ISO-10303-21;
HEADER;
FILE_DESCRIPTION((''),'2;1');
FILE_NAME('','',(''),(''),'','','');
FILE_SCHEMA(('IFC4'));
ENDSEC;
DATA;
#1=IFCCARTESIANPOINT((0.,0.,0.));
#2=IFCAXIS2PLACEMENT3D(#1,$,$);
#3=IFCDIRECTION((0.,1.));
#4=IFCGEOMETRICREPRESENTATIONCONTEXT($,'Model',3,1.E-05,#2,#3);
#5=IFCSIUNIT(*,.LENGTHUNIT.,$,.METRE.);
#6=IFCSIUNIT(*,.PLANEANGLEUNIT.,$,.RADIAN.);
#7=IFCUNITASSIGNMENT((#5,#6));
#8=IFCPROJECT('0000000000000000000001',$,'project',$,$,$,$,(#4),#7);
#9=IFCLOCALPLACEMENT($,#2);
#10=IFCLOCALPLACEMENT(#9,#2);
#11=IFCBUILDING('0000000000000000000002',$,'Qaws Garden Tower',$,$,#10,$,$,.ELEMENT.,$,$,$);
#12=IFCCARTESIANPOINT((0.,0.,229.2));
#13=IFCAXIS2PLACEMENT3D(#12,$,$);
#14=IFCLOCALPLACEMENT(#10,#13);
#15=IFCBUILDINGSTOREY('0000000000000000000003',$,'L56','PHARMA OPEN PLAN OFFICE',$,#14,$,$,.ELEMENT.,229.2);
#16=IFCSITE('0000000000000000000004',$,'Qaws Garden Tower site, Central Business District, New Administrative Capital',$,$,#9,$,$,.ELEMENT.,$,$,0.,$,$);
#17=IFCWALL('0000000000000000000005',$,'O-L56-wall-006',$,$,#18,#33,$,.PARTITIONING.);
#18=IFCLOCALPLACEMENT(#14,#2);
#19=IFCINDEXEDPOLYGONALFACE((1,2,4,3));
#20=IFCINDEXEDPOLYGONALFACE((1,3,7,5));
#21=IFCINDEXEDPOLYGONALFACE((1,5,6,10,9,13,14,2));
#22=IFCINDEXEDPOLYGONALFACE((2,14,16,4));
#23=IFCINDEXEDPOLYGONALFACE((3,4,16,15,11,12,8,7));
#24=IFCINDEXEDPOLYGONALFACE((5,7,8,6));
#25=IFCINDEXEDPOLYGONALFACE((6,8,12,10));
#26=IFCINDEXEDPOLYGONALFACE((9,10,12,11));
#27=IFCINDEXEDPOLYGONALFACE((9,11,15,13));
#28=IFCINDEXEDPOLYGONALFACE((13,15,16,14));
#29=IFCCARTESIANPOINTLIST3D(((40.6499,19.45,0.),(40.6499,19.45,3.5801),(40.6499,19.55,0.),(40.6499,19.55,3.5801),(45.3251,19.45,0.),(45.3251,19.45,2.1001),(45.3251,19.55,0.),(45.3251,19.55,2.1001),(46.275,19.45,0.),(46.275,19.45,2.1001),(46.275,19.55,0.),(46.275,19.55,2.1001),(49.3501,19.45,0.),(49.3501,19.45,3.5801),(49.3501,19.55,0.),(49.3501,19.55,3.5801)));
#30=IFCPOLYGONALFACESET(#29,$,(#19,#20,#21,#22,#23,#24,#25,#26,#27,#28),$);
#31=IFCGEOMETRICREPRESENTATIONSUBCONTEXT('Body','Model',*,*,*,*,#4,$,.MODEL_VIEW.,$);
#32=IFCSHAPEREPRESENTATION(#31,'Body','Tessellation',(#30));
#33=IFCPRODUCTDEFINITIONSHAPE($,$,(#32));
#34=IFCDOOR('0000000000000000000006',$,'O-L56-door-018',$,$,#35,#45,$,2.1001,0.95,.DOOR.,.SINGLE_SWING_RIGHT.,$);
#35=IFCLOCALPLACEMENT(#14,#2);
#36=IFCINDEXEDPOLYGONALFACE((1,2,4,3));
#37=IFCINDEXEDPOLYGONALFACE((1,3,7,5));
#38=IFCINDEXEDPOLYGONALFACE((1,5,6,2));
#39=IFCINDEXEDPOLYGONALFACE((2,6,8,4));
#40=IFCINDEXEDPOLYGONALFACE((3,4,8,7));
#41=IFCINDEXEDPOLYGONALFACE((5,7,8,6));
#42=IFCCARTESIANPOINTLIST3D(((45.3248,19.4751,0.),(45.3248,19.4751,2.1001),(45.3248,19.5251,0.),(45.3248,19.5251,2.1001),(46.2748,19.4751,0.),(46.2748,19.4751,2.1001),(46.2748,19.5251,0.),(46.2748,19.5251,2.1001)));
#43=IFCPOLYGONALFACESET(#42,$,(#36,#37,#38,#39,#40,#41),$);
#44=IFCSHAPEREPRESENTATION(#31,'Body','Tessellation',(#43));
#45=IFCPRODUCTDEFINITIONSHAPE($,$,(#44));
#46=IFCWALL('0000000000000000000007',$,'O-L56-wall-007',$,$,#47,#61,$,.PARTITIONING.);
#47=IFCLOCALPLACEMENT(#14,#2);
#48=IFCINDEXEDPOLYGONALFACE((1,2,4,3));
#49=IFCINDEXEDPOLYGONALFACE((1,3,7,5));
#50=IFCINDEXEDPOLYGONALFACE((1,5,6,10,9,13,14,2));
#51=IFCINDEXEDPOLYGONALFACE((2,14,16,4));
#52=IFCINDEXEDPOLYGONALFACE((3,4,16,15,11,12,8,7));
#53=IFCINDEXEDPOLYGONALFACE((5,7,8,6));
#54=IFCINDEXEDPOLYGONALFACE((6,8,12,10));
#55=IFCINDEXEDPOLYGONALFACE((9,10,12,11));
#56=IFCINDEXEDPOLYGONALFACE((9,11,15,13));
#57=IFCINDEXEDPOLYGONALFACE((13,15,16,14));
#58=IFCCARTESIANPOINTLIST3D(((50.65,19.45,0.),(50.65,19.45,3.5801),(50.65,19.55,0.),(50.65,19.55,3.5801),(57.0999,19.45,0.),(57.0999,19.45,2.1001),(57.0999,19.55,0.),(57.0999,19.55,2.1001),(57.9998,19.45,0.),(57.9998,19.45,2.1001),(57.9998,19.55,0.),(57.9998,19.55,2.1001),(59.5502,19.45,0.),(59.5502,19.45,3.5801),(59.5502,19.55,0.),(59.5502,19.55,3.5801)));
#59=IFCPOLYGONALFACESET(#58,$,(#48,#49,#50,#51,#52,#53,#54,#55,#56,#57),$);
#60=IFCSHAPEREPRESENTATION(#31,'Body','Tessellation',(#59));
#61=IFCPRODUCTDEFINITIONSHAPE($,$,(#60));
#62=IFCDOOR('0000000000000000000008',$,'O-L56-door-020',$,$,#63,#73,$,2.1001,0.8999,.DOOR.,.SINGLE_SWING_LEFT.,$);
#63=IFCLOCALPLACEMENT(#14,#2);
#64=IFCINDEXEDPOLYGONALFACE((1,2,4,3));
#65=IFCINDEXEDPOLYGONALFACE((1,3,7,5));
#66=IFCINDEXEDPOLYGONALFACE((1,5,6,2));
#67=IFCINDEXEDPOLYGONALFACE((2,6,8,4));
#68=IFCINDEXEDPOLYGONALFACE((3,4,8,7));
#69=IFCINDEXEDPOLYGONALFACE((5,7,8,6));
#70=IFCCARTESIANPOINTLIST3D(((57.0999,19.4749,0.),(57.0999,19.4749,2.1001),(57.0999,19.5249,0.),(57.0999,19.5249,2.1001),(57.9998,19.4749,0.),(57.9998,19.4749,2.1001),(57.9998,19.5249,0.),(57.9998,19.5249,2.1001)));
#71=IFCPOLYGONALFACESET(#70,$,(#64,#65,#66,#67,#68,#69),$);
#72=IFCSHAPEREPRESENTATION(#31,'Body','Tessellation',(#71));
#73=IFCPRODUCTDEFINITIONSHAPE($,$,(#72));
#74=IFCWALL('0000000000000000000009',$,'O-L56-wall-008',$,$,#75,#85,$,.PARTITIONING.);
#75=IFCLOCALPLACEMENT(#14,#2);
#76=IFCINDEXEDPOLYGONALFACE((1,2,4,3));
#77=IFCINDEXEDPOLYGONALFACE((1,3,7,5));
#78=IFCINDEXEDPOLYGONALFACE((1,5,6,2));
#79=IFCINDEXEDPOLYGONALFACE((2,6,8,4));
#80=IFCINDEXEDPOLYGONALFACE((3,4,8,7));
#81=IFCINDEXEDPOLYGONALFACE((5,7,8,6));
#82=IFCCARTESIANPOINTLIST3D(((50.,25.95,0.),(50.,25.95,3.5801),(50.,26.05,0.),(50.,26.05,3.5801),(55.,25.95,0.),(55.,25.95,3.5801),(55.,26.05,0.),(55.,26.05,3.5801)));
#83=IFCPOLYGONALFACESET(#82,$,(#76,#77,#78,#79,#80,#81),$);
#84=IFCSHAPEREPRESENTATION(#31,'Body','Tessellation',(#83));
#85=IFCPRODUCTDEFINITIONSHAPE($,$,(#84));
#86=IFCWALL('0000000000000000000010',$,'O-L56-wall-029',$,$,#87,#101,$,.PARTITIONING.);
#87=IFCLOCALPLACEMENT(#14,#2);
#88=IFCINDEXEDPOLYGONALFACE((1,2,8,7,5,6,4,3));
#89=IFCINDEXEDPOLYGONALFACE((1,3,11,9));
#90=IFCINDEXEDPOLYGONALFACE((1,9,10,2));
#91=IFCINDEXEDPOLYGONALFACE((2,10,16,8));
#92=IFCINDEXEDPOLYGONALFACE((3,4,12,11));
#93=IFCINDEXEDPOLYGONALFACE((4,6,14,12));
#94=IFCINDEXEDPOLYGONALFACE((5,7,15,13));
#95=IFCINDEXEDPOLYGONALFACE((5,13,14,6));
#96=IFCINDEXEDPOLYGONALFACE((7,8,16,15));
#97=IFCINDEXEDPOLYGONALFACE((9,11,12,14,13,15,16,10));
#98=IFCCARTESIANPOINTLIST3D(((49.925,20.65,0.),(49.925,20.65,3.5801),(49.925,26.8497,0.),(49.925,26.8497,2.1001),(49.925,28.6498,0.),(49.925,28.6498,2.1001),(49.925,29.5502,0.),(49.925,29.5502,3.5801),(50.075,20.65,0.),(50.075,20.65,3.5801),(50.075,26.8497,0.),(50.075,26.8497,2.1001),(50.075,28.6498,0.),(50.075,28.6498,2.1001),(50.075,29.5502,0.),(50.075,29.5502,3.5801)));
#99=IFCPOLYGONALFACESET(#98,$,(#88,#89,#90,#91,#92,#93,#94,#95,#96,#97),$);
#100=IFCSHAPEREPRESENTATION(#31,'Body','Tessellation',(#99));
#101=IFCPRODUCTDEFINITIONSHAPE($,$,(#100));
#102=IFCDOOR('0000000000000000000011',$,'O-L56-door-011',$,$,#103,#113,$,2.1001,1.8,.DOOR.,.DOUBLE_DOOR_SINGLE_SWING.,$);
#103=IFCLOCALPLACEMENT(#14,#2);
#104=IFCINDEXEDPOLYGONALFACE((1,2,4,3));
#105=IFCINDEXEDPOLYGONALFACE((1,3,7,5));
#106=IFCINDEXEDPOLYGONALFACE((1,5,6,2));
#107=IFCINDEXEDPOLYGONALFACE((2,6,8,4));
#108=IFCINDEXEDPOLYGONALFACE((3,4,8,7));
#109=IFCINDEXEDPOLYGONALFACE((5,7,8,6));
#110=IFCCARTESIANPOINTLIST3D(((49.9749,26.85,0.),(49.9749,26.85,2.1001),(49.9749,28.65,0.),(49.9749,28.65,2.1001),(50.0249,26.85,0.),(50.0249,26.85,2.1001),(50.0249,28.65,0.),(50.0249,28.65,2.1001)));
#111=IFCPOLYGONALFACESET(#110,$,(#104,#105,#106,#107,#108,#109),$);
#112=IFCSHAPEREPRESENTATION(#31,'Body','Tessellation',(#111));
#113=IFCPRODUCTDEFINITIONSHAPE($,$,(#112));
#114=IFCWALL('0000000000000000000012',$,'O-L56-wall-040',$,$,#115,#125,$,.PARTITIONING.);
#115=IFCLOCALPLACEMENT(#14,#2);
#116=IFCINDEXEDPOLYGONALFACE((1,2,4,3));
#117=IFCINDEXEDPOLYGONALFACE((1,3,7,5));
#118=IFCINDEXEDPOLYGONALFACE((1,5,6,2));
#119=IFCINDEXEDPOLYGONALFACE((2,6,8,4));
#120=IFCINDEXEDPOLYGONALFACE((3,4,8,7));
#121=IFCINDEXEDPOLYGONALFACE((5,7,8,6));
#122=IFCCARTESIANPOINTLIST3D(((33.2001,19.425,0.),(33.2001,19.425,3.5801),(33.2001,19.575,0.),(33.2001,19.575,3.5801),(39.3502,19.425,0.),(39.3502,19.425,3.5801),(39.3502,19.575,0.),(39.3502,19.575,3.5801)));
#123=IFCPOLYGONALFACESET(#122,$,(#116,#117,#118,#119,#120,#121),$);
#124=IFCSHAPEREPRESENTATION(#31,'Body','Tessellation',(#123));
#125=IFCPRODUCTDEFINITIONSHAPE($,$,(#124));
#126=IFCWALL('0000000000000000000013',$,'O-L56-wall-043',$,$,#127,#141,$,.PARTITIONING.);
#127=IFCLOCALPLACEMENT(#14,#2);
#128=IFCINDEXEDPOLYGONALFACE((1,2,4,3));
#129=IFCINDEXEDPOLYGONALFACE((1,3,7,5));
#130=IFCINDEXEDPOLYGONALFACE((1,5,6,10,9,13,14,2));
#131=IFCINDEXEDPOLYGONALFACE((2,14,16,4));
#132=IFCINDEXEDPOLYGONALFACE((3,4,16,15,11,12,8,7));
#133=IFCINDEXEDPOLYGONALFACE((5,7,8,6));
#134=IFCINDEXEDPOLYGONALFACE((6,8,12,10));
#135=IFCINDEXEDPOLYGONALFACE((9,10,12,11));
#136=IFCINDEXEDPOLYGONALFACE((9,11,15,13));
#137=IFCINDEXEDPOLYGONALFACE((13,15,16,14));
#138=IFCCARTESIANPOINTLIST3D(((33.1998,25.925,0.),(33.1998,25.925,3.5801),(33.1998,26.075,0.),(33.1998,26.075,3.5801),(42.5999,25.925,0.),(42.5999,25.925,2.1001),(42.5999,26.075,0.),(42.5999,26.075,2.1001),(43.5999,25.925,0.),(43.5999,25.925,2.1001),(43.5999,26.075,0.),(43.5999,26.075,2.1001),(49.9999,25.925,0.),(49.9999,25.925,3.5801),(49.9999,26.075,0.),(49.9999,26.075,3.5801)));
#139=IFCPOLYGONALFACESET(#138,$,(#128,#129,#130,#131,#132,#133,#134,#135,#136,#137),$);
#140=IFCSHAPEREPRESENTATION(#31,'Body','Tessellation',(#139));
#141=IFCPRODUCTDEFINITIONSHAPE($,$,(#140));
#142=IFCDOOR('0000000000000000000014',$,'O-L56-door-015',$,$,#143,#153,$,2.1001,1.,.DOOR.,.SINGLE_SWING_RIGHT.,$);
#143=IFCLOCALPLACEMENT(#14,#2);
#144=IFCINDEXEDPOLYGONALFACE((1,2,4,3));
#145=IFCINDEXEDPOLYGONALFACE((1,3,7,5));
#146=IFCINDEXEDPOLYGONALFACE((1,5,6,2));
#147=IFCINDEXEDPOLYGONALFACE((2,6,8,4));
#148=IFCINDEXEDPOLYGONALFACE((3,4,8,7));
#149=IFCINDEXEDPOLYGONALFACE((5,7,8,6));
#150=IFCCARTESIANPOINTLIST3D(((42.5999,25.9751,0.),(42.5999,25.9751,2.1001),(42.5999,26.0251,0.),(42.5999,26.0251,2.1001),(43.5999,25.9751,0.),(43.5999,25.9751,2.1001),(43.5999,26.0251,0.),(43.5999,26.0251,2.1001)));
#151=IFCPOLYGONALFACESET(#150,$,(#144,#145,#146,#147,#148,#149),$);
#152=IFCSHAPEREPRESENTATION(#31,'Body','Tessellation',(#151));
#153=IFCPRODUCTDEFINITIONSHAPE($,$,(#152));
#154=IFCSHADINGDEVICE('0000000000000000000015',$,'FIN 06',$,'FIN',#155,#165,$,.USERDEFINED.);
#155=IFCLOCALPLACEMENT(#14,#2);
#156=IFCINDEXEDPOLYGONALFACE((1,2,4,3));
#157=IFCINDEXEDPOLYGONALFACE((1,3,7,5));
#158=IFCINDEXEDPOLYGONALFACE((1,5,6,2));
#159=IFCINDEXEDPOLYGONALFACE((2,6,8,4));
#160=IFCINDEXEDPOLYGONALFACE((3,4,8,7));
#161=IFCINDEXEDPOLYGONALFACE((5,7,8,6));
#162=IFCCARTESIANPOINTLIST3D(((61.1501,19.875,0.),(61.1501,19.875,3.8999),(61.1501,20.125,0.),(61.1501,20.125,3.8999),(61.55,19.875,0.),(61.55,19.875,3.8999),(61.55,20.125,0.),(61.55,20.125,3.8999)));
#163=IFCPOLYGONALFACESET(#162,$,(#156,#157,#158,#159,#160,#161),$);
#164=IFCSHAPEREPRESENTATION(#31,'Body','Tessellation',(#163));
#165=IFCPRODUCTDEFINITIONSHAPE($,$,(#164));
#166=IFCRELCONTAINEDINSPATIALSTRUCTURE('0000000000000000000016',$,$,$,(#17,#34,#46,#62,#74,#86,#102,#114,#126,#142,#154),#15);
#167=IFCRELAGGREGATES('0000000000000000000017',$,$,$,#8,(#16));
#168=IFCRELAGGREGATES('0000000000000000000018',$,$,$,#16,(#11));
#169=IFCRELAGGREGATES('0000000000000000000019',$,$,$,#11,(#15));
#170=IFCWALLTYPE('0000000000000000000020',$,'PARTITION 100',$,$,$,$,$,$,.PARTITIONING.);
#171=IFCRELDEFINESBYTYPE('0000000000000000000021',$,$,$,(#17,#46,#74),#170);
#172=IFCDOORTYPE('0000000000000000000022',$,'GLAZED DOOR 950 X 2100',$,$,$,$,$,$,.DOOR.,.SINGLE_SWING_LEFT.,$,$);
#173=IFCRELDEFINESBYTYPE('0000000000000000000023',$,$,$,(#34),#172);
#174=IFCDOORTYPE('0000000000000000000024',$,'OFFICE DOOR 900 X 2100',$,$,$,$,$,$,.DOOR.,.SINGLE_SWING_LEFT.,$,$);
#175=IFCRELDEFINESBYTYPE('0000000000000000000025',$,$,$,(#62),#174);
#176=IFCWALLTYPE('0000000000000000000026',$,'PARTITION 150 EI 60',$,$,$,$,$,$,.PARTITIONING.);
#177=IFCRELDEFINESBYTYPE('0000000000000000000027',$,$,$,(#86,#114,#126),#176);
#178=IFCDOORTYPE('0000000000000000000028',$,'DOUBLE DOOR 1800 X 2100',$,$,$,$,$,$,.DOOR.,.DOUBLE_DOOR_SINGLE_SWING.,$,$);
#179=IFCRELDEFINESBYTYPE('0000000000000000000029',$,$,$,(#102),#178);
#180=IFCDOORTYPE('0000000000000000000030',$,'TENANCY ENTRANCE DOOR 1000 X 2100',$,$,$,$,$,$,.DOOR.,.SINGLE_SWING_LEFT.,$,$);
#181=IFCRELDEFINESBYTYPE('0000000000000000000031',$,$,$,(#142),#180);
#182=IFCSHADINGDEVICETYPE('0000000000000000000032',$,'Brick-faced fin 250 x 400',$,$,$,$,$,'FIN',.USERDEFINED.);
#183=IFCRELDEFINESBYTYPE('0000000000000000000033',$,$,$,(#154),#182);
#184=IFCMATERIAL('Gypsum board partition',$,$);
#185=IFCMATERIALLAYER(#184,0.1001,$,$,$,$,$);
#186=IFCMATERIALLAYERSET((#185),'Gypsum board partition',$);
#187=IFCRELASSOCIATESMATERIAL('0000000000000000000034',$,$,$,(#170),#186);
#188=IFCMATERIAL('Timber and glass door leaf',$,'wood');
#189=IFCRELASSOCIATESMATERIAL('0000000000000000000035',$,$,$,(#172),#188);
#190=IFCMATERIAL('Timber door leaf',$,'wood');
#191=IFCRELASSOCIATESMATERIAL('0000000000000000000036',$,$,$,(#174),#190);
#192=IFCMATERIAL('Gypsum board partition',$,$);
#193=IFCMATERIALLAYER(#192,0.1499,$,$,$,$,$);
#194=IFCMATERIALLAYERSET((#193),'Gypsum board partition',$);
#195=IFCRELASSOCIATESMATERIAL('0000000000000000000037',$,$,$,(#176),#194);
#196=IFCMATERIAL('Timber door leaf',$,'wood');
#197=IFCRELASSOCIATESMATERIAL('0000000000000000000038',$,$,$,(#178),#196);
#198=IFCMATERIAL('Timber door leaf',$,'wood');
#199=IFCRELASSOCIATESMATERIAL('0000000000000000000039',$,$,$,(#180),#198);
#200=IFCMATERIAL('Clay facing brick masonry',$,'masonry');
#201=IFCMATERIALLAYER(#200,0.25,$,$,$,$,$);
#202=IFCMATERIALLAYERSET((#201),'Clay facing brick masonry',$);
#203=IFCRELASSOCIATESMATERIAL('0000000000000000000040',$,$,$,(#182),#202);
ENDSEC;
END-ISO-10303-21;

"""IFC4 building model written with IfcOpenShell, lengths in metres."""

from ifc_helpers import new_model, si_unit, direction, frame, frame_2d, origin, origin_2d, place, context, subcontext, project, spatial, rectangle, extrude, material, layer, layer_set, type_object, element, fill, save


model = new_model("IFC4")

# Units and contexts
model_context = context("Model", 3, precision=1e-05, world=origin(), true_north=direction((0.0, 1.0)))
body_context = subcontext(model_context, "Body", "Model", "MODEL_VIEW")
ifc_project = project(units=[si_unit("LENGTHUNIT", "METRE"), si_unit("PLANEANGLEUNIT", "RADIAN")], contexts=[model_context])

# Site, building, storey
site_placement = place(None, origin())
site = spatial("IfcSite", under=ifc_project, at=site_placement, Name="Qaws Garden Tower site, Central Business District, New Administrative Capital", CompositionType="ELEMENT", RefElevation=0.0)
building_placement = place(site_placement, origin())
building = spatial("IfcBuilding", under=site, at=building_placement, Name="Qaws Garden Tower", CompositionType="ELEMENT")
storey_placement = place(building_placement, frame((0.0, 0.0, 229.2)))
storey = spatial("IfcBuildingStorey", under=building, at=storey_placement, Name="L56", Description="PHARMA OPEN PLAN OFFICE", CompositionType="ELEMENT", Elevation=229.2)

# Walls, openings, doors
ifc_material_1 = material(Name="Gypsum board partition")
ifc_layer_1 = layer(ifc_material_1, 0.1001)
ifc_layer_set_1 = layer_set([ifc_layer_1], Name="Gypsum board partition")
wall_type_1 = type_object("IfcWallType", Name="PARTITION 100", PredefinedType="PARTITIONING", material=ifc_layer_set_1)
ifc_material_2 = material(Name="Timber and glass door leaf", Category="wood")
door_type_1 = type_object("IfcDoorType", Name="GLAZED DOOR 950 X 2100", OperationType="SINGLE_SWING_LEFT", PredefinedType="DOOR", material=ifc_material_2)
wall_1_placement = place(storey_placement, frame((40.6499, 19.5, 0.0), z_axis=(0.0, 0.0, 1.0), x_axis=(1.0, 0.0, 0.0)))
wall_1 = element("IfcWall", 1, at=wall_1_placement, inside=storey, type_object=wall_type_1, Name="O-L56-wall-006", PredefinedType="PARTITIONING", context=body_context, shape_type="SweptSolid", body=[
    extrude(rectangle(XDim=8.7002, YDim=0.1001, at=frame_2d((4.3501, 0.0))), origin(), (0.0, 0.0, 1.0), 3.5801),
])
opening_1_placement = place(wall_1_placement, frame((4.675, 0.0, 0.0)))
opening_1 = element("IfcOpeningElement", 2, at=opening_1_placement, cuts=wall_1, PredefinedType="OPENING", context=body_context, shape_type="SweptSolid", body=[
    extrude(rectangle(XDim=0.95, YDim=2.1001, at=frame_2d((0.4751, 1.05))), frame((0.0, 0.0601, 0.0), z_axis=(0.0, -1.0, 0.0), x_axis=(1.0, 0.0, 0.0)), (0.0, 0.0, 1.0), 0.1201),
])
door_1_placement = place(opening_1_placement, frame((0.95, 0.0, 0.0), z_axis=(0.0, 0.0, 1.0), x_axis=(-1.0, 0.0, 0.0)))
door_1 = element("IfcDoor", 3, at=door_1_placement, inside=storey, type_object=door_type_1, Name="O-L56-door-018", OperationType="SINGLE_SWING_RIGHT", OverallHeight=2.1001, OverallWidth=0.95, PredefinedType="DOOR", context=body_context, shape_type="SweptSolid", body=[
    extrude(rectangle(XDim=0.95, YDim=2.1001, at=frame_2d((0.4751, 1.05))), frame((0.0, 0.0249, 0.0), z_axis=(0.0, -1.0, 0.0), x_axis=(1.0, 0.0, 0.0)), (0.0, 0.0, 1.0), 0.05),
])
fill(opening_1, door_1)
wall_2_placement = place(storey_placement, frame((50.6499, 19.5, 0.0), z_axis=(0.0, 0.0, 1.0), x_axis=(1.0, 0.0, 0.0)))
wall_2 = element("IfcWall", 4, at=wall_2_placement, inside=storey, type_object=wall_type_1, Name="O-L56-wall-007", PredefinedType="PARTITIONING", context=body_context, shape_type="SweptSolid", body=[
    extrude(rectangle(XDim=8.9001, YDim=0.1001, at=frame_2d((4.4502, 0.0))), origin(), (0.0, 0.0, 1.0), 3.5801),
])
opening_2_placement = place(wall_2_placement, frame((6.45, 0.0, 0.0)))
opening_2 = element("IfcOpeningElement", 5, at=opening_2_placement, cuts=wall_2, PredefinedType="OPENING", context=body_context, shape_type="SweptSolid", body=[
    extrude(rectangle(XDim=0.8999, YDim=2.1001, at=frame_2d((0.45, 1.05))), frame((0.0, 0.0601, 0.0), z_axis=(0.0, -1.0, 0.0), x_axis=(1.0, 0.0, 0.0)), (0.0, 0.0, 1.0), 0.1201),
])
ifc_material_3 = material(Name="Timber door leaf", Category="wood")
door_type_2 = type_object("IfcDoorType", Name="OFFICE DOOR 900 X 2100", OperationType="SINGLE_SWING_LEFT", PredefinedType="DOOR", material=ifc_material_3)
door_2_placement = place(opening_2_placement, origin())
door_2 = element("IfcDoor", 6, at=door_2_placement, inside=storey, type_object=door_type_2, Name="O-L56-door-020", OperationType="SINGLE_SWING_LEFT", OverallHeight=2.1001, OverallWidth=0.8999, PredefinedType="DOOR", context=body_context, shape_type="SweptSolid", body=[
    extrude(rectangle(XDim=0.8999, YDim=2.1001, at=frame_2d((0.45, 1.05))), frame((0.0, 0.0249, 0.0), z_axis=(0.0, -1.0, 0.0), x_axis=(1.0, 0.0, 0.0)), (0.0, 0.0, 1.0), 0.05),
])
fill(opening_2, door_2)

# Wall
wall_3_placement = place(storey_placement, frame((50.0, 26.0, 0.0), z_axis=(0.0, 0.0, 1.0), x_axis=(1.0, 0.0, 0.0)))
element("IfcWall", 7, at=wall_3_placement, inside=storey, type_object=wall_type_1, Name="O-L56-wall-008", PredefinedType="PARTITIONING", context=body_context, shape_type="SweptSolid", body=[
    extrude(rectangle(XDim=5.0, YDim=0.1001, at=frame_2d((2.5, 0.0))), origin(), (0.0, 0.0, 1.0), 3.5801),
])

# Wall, opening, door
ifc_material_4 = material(Name="Gypsum board partition")
ifc_layer_2 = layer(ifc_material_4, 0.1499)
ifc_layer_set_2 = layer_set([ifc_layer_2], Name="Gypsum board partition")
wall_type_2 = type_object("IfcWallType", Name="PARTITION 150 EI 60", PredefinedType="PARTITIONING", material=ifc_layer_set_2)
wall_4_placement = place(storey_placement, frame((50.0, 20.6499, 0.0), z_axis=(0.0, 0.0, 1.0), x_axis=(0.0, 1.0, 0.0)))
wall_4 = element("IfcWall", 8, at=wall_4_placement, inside=storey, type_object=wall_type_2, Name="O-L56-wall-029", PredefinedType="PARTITIONING", context=body_context, shape_type="SweptSolid", body=[
    extrude(rectangle(XDim=8.9001, YDim=0.1499, at=frame_2d((4.4502, 0.0))), origin(), (0.0, 0.0, 1.0), 3.5801),
])
opening_3_placement = place(wall_4_placement, frame((6.2, 0.0, 0.0)))
opening_3 = element("IfcOpeningElement", 9, at=opening_3_placement, cuts=wall_4, PredefinedType="OPENING", context=body_context, shape_type="SweptSolid", body=[
    extrude(rectangle(XDim=1.8, YDim=2.1001, at=frame_2d((0.8999, 1.05))), frame((0.0, 0.085, 0.0), z_axis=(0.0, -1.0, 0.0), x_axis=(1.0, 0.0, 0.0)), (0.0, 0.0, 1.0), 0.1699),
])
ifc_material_5 = material(Name="Timber door leaf", Category="wood")
door_type_3 = type_object("IfcDoorType", Name="DOUBLE DOOR 1800 X 2100", OperationType="DOUBLE_DOOR_SINGLE_SWING", PredefinedType="DOOR", material=ifc_material_5)
door_3_placement = place(opening_3_placement, frame((1.8, 0.0, 0.0), z_axis=(0.0, 0.0, 1.0), x_axis=(-1.0, 0.0, 0.0)))
door_3 = element("IfcDoor", 10, at=door_3_placement, inside=storey, type_object=door_type_3, Name="O-L56-door-011", OperationType="DOUBLE_DOOR_SINGLE_SWING", OverallHeight=2.1001, OverallWidth=1.8, PredefinedType="DOOR", context=body_context, shape_type="SweptSolid", body=[
    extrude(rectangle(XDim=1.8, YDim=2.1001, at=frame_2d((0.8999, 1.05))), frame((0.0, 0.0249, 0.0), z_axis=(0.0, -1.0, 0.0), x_axis=(1.0, 0.0, 0.0)), (0.0, 0.0, 1.0), 0.05),
])
fill(opening_3, door_3)

# Wall
wall_5_placement = place(storey_placement, frame((33.2, 19.5, 0.0), z_axis=(0.0, 0.0, 1.0), x_axis=(1.0, 0.0, 0.0)))
element("IfcWall", 11, at=wall_5_placement, inside=storey, type_object=wall_type_2, Name="O-L56-wall-040", PredefinedType="PARTITIONING", context=body_context, shape_type="SweptSolid", body=[
    extrude(rectangle(XDim=6.1501, YDim=0.1499, at=frame_2d((3.0752, 0.0))), origin(), (0.0, 0.0, 1.0), 3.5801),
])

# Wall, opening, door
wall_6_placement = place(storey_placement, frame((33.2, 26.0, 0.0), z_axis=(0.0, 0.0, 1.0), x_axis=(1.0, 0.0, 0.0)))
wall_6 = element("IfcWall", 12, at=wall_6_placement, inside=storey, type_object=wall_type_2, Name="O-L56-wall-043", PredefinedType="PARTITIONING", context=body_context, shape_type="SweptSolid", body=[
    extrude(rectangle(XDim=16.8, YDim=0.1499, at=frame_2d((8.3999, 0.0))), origin(), (0.0, 0.0, 1.0), 3.5801),
])
opening_4_placement = place(wall_6_placement, frame((9.3999, 0.0, 0.0)))
opening_4 = element("IfcOpeningElement", 13, at=opening_4_placement, cuts=wall_6, PredefinedType="OPENING", context=body_context, shape_type="SweptSolid", body=[
    extrude(rectangle(XDim=1.0, YDim=2.1001, at=frame_2d((0.5, 1.05))), frame((0.0, 0.085, 0.0), z_axis=(0.0, -1.0, 0.0), x_axis=(1.0, 0.0, 0.0)), (0.0, 0.0, 1.0), 0.1699),
])
ifc_material_6 = material(Name="Timber door leaf", Category="wood")
door_type_4 = type_object("IfcDoorType", Name="TENANCY ENTRANCE DOOR 1000 X 2100", OperationType="SINGLE_SWING_LEFT", PredefinedType="DOOR", material=ifc_material_6)
door_4_placement = place(opening_4_placement, frame((1.0, 0.0, 0.0), z_axis=(0.0, 0.0, 1.0), x_axis=(-1.0, 0.0, 0.0)))
door_4 = element("IfcDoor", 14, at=door_4_placement, inside=storey, type_object=door_type_4, Name="O-L56-door-015", OperationType="SINGLE_SWING_RIGHT", OverallHeight=2.1001, OverallWidth=1.0, PredefinedType="DOOR", context=body_context, shape_type="SweptSolid", body=[
    extrude(rectangle(XDim=1.0, YDim=2.1001, at=frame_2d((0.5, 1.05))), frame((0.0, 0.0249, 0.0), z_axis=(0.0, -1.0, 0.0), x_axis=(1.0, 0.0, 0.0)), (0.0, 0.0, 1.0), 0.05),
])
fill(opening_4, door_4)

# Shading device
ifc_material_7 = material(Name="Clay facing brick masonry", Category="masonry")
ifc_layer_3 = layer(ifc_material_7, 0.25)
ifc_layer_set_3 = layer_set([ifc_layer_3], Name="Clay facing brick masonry")
shading_device_type = type_object("IfcShadingDeviceType", Name="Brick-faced fin 250 x 400", ElementType="FIN", PredefinedType="USERDEFINED", material=ifc_layer_set_3)
shading_device_placement = place(storey_placement, frame((61.3501, 20.0, 0.0), z_axis=(0.0, 0.0, 1.0), x_axis=(0.0, 1.0, 0.0)))
element("IfcShadingDevice", 15, at=shading_device_placement, inside=storey, type_object=shading_device_type, Name="FIN 06", ObjectType="FIN", PredefinedType="USERDEFINED", context=body_context, shape_type="SweptSolid", body=[
    extrude(rectangle(XDim=0.25, YDim=0.3999, at=origin_2d()), origin(), (0.0, 0.0, 1.0), 3.8999),
])

save(model, "model.ifc")
